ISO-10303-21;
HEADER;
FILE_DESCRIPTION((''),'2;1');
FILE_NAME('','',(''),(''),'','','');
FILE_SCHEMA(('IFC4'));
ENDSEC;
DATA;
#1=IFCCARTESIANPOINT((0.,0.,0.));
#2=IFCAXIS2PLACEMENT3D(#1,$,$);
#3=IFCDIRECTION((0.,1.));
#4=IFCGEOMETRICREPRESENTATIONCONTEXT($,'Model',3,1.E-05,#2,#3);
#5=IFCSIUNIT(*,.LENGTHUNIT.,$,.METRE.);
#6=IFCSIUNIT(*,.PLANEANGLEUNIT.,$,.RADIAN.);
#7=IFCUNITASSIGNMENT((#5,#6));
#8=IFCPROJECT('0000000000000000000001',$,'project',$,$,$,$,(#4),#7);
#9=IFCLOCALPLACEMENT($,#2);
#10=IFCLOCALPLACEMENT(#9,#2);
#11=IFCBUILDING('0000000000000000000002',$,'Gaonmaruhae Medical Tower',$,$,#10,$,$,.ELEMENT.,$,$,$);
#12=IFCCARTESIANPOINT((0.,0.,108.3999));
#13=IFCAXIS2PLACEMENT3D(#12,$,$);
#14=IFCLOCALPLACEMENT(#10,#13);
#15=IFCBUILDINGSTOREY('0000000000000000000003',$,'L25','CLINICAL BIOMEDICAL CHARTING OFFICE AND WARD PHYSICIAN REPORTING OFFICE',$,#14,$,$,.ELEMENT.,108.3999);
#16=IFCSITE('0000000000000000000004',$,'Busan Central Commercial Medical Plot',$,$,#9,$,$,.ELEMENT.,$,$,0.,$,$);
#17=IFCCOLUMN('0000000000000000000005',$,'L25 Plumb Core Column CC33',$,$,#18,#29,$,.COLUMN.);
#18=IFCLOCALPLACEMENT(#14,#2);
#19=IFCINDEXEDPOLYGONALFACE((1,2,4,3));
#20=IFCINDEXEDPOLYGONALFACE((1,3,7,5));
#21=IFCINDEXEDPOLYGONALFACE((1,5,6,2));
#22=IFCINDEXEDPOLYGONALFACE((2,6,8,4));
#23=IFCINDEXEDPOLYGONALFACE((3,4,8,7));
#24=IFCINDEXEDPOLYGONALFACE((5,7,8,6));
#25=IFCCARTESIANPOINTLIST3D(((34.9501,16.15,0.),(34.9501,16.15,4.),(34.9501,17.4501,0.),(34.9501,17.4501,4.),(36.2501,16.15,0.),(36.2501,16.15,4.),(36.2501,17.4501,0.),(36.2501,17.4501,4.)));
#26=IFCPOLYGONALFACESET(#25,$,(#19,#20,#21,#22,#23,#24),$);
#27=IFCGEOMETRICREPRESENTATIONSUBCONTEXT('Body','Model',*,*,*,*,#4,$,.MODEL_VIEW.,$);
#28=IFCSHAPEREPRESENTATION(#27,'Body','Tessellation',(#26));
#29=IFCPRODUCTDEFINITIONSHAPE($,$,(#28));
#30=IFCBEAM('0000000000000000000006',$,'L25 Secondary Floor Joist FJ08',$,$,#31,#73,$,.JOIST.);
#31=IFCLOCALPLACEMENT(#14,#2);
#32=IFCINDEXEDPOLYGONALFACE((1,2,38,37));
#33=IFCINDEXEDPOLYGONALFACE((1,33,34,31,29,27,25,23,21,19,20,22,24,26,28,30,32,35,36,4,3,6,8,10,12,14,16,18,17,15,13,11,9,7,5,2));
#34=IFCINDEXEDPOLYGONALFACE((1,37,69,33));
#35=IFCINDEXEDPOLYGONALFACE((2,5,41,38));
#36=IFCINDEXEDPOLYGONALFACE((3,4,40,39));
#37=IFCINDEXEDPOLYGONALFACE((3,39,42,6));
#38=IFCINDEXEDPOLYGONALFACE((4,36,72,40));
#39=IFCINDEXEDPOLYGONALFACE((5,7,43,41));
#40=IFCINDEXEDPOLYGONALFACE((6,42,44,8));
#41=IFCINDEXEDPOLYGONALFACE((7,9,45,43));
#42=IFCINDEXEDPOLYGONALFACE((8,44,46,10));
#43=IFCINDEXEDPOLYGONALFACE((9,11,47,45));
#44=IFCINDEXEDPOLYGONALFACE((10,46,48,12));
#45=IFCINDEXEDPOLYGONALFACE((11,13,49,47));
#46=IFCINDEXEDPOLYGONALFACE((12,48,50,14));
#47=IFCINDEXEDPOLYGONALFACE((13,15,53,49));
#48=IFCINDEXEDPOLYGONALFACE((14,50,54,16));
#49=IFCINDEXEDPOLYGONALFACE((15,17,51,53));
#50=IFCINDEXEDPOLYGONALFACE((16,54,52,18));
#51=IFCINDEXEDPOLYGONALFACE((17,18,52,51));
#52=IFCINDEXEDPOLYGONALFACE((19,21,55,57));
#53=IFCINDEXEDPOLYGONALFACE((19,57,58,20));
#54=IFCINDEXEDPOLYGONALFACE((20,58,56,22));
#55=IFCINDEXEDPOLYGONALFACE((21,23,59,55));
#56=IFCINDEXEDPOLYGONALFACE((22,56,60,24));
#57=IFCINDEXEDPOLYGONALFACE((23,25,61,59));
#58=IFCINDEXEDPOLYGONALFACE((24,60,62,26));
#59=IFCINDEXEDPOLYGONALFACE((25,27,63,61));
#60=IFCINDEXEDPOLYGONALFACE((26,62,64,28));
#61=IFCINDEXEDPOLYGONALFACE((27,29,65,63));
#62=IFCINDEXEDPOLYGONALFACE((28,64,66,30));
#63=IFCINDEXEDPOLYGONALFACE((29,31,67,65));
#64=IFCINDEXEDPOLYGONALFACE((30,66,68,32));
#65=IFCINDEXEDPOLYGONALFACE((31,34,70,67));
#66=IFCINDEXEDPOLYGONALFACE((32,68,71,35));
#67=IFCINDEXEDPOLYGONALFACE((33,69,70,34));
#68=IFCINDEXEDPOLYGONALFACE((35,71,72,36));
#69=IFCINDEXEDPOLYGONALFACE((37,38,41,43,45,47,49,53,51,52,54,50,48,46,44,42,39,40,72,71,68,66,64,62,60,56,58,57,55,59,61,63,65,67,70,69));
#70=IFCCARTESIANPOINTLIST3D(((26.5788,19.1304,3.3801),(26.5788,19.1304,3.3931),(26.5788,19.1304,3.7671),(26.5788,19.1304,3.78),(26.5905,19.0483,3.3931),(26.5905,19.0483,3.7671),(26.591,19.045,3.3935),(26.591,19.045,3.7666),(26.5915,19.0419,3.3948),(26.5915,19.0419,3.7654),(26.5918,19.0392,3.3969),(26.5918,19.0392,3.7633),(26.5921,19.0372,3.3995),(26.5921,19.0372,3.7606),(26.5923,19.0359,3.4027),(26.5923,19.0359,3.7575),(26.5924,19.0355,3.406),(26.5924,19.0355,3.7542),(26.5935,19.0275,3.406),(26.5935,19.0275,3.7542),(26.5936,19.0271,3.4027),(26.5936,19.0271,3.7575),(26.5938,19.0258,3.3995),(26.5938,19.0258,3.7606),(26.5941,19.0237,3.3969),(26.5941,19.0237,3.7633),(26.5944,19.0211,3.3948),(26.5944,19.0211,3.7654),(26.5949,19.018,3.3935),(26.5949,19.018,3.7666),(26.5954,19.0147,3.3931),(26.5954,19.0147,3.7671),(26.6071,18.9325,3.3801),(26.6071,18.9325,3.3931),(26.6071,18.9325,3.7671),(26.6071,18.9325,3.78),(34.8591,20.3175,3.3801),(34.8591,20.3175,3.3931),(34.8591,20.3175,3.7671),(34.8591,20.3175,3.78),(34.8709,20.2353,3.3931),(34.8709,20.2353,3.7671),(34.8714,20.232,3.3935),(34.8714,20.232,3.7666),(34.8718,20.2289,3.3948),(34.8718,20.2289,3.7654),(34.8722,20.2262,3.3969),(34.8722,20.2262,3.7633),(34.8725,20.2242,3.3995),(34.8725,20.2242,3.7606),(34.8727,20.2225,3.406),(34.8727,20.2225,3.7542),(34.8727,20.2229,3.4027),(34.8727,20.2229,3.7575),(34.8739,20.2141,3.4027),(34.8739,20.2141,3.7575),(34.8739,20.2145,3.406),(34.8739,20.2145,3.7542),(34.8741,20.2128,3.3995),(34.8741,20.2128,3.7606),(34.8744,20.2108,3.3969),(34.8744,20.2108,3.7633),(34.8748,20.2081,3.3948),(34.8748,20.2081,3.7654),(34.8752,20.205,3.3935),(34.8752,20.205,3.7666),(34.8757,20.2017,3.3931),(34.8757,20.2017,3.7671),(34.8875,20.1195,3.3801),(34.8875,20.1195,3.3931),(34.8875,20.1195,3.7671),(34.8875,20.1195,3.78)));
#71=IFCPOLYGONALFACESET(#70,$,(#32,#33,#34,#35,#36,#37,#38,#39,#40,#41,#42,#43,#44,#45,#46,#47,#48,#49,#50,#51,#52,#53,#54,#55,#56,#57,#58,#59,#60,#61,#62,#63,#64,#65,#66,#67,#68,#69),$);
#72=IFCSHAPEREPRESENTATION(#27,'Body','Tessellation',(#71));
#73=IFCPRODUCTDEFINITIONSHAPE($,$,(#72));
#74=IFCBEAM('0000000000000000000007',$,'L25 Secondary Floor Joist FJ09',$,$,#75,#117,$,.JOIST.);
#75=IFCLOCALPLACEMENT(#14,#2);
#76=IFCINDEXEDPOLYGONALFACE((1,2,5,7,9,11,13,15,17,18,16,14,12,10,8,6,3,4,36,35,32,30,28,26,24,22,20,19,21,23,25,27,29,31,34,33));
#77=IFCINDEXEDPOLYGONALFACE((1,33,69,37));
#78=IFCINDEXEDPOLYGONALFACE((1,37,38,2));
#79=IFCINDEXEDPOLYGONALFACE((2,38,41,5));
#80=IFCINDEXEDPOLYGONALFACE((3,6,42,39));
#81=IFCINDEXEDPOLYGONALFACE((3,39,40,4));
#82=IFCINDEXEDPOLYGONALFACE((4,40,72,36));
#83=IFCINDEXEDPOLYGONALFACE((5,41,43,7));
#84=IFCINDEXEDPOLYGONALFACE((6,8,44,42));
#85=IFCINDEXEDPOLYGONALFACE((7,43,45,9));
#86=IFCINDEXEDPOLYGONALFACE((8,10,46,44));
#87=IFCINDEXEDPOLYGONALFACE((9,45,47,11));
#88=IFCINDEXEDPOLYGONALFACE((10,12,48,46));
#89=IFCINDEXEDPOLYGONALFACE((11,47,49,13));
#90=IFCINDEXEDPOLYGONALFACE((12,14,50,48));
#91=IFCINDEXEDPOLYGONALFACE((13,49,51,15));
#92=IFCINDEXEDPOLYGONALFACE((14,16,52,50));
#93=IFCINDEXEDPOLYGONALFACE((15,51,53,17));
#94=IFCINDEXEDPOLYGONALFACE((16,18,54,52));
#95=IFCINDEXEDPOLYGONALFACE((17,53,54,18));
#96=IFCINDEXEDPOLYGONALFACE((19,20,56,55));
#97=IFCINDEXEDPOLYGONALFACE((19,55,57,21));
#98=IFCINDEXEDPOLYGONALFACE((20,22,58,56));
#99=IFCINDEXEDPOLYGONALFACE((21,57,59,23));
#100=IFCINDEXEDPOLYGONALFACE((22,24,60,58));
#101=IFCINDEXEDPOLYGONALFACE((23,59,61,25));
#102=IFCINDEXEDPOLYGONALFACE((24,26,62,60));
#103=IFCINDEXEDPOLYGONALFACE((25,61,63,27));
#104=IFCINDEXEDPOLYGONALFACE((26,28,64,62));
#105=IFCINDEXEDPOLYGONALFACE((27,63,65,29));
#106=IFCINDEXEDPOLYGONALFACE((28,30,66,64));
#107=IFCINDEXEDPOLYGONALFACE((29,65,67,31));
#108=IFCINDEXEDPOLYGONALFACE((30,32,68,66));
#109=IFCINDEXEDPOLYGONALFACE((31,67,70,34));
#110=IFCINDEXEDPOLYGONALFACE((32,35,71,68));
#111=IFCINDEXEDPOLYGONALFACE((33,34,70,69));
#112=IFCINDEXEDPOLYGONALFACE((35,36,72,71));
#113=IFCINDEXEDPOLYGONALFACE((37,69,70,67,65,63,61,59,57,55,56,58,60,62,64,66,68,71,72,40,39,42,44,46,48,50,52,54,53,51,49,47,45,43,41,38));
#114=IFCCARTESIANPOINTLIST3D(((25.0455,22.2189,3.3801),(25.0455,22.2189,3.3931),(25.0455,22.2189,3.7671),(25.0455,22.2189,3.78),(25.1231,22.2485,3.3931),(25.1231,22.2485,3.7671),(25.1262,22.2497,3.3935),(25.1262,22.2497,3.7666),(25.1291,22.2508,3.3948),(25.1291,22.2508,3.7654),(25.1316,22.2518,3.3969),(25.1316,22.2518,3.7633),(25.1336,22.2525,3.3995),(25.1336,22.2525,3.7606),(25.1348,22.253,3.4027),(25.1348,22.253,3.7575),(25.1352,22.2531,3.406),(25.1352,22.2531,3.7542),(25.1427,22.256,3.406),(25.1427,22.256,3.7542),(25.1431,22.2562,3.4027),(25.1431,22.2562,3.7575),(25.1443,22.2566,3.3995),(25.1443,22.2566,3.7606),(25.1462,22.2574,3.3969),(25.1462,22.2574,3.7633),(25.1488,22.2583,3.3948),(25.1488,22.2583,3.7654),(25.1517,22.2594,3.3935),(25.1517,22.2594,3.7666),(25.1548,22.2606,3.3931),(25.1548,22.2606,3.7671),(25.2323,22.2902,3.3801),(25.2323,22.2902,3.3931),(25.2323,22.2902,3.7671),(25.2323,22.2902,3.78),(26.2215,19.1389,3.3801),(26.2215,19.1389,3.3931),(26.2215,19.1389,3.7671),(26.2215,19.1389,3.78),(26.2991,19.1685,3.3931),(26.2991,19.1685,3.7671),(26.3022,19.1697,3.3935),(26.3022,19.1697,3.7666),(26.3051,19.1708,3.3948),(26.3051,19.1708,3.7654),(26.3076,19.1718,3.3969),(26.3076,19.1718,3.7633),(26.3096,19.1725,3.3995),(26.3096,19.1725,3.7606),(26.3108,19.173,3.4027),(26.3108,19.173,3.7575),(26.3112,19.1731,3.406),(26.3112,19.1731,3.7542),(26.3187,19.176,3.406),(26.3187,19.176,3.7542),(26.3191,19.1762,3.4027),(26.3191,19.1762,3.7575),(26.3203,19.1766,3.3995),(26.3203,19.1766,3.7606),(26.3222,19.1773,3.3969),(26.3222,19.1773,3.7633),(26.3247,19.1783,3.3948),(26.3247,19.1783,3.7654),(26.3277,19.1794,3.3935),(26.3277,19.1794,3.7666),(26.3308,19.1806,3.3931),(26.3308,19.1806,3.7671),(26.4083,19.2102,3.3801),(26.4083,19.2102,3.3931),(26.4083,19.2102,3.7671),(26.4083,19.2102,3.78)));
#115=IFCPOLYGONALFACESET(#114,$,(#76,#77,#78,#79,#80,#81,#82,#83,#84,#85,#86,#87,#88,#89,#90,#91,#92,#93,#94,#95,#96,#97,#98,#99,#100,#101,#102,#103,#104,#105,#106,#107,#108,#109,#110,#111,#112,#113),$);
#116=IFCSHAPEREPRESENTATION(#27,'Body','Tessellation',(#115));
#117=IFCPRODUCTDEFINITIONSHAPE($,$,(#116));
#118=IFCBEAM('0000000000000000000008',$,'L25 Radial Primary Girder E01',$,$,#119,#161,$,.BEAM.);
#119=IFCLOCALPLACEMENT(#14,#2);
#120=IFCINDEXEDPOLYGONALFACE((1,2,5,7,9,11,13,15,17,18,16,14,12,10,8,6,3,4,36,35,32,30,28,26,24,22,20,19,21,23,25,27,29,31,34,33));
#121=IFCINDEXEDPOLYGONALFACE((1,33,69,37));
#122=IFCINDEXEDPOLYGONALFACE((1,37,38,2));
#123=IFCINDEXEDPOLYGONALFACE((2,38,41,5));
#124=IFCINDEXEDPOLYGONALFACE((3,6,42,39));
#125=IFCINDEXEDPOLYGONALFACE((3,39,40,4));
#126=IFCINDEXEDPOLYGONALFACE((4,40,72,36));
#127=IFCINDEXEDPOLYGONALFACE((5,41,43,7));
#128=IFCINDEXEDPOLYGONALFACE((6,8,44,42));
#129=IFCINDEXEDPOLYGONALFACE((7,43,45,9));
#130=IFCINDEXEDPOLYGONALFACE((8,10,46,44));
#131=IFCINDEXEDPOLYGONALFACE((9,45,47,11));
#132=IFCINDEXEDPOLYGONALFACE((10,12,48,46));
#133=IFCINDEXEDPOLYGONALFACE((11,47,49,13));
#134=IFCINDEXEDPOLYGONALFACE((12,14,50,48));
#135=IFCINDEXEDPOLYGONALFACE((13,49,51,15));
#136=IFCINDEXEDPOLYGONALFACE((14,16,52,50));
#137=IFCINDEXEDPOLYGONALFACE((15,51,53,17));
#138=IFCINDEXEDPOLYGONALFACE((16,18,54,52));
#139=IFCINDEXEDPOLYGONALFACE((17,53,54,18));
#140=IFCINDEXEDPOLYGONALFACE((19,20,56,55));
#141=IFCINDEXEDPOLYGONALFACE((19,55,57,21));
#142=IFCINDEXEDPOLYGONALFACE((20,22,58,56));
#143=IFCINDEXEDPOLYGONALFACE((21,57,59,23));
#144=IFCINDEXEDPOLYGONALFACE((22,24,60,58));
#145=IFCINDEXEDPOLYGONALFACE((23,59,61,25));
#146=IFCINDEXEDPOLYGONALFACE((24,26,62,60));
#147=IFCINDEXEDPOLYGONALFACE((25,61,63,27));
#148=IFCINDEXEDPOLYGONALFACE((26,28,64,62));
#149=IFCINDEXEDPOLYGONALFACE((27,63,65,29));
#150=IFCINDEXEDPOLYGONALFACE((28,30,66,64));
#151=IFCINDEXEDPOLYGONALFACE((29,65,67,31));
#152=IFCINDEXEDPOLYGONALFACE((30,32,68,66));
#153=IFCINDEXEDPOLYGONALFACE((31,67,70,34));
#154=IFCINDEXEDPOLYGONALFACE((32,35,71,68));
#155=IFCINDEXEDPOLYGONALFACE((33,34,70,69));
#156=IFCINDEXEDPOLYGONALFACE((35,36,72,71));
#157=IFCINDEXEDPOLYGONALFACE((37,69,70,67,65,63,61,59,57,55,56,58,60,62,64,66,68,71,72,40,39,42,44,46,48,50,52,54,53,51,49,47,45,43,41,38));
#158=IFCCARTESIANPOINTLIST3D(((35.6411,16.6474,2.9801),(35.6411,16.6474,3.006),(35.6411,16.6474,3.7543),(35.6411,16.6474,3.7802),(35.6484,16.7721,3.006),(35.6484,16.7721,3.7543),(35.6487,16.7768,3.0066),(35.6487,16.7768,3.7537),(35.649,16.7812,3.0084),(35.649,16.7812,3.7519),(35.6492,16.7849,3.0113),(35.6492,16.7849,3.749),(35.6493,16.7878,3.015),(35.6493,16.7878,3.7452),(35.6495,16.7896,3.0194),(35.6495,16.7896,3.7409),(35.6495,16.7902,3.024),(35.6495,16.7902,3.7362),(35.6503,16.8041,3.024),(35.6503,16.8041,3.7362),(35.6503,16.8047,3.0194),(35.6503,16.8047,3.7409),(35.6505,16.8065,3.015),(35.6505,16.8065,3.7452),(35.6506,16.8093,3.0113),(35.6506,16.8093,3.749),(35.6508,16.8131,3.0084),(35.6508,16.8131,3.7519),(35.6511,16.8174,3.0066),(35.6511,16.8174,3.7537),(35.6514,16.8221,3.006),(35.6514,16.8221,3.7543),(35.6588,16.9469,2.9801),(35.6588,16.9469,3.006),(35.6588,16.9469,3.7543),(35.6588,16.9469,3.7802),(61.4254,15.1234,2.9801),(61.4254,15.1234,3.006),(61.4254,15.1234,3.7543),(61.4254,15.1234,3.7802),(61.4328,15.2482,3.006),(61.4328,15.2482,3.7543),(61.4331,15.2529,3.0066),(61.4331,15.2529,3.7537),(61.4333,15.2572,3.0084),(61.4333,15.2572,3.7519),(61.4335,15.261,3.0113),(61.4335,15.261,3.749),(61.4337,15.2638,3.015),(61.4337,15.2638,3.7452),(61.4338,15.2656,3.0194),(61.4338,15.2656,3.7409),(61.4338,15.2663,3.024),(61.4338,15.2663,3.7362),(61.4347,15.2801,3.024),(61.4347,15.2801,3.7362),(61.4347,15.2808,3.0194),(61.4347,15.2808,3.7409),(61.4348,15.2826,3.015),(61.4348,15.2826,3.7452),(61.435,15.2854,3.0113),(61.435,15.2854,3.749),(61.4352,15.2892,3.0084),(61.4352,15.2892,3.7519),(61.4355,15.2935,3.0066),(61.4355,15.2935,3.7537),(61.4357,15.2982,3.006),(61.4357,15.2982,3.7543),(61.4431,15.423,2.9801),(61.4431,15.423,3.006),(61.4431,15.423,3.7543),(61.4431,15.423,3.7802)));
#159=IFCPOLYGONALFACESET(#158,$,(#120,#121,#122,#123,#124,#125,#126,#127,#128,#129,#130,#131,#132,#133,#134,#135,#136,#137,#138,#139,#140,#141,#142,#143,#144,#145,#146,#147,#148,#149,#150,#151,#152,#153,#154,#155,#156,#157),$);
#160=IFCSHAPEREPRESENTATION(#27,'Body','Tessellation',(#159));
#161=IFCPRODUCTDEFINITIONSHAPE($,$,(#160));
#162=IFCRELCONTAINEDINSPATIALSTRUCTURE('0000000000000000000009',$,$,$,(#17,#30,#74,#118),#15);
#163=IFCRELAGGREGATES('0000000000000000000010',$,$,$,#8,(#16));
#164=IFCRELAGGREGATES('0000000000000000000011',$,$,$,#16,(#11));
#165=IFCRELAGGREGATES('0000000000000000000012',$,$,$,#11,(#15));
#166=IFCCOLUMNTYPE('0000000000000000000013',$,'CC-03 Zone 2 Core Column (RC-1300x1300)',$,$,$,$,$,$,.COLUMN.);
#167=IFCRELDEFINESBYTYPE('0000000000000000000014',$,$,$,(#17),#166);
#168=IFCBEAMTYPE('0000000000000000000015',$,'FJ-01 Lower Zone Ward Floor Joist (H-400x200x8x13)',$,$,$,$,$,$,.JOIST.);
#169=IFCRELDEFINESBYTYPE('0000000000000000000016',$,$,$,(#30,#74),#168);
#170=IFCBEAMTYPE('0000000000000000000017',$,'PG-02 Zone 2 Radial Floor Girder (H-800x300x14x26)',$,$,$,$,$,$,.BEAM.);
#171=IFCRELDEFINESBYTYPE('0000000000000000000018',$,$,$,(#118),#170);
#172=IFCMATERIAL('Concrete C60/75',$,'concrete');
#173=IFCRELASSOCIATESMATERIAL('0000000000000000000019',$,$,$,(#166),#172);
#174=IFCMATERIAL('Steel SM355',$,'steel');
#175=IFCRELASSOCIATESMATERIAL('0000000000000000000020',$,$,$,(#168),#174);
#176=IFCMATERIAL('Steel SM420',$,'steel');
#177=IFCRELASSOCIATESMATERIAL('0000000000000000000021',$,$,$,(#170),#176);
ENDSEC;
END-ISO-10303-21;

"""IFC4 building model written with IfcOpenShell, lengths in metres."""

from ifc_helpers import new_model, si_unit, direction, frame, origin, origin_2d, place, context, subcontext, project, spatial, rectangle, i_section, extrude, material, material_profile, profile_set, type_object, element, save


model = new_model("IFC4")

# Units and contexts
model_context = context("Model", 3, precision=1e-05, world=origin(), true_north=direction((0.0, 1.0)))
body_context = subcontext(model_context, "Body", "Model", "MODEL_VIEW")
ifc_project = project(units=[si_unit("LENGTHUNIT", "METRE"), si_unit("PLANEANGLEUNIT", "RADIAN")], contexts=[model_context])

# Site, building, storey
site_placement = place(None, origin())
site = spatial("IfcSite", under=ifc_project, at=site_placement, Name="Busan Central Commercial Medical Plot", CompositionType="ELEMENT", RefElevation=0.0)
building_placement = place(site_placement, origin())
building = spatial("IfcBuilding", under=site, at=building_placement, Name="Gaonmaruhae Medical Tower", CompositionType="ELEMENT")
storey_placement = place(building_placement, frame((0.0, 0.0, 108.3999)))
storey = spatial("IfcBuildingStorey", under=building, at=storey_placement, Name="L25", Description="CLINICAL BIOMEDICAL CHARTING OFFICE AND WARD PHYSICIAN REPORTING OFFICE", CompositionType="ELEMENT", Elevation=108.3999)

# Column
ifc_material_1 = material(Name="Concrete C60/75", Category="concrete")
ifc_material_profile_1 = material_profile(ifc_material_1, rectangle(XDim=1.3, YDim=1.3, at=origin_2d()), Name="RC-1300x1300")
ifc_profile_set_1 = profile_set([ifc_material_profile_1], Name="Concrete C60/75")
column_type = type_object("IfcColumnType", Name="CC-03 Zone 2 Core Column (RC-1300x1300)", PredefinedType="COLUMN", material=ifc_profile_set_1)
column_placement = place(storey_placement, frame((35.6001, 16.8, 0.0), z_axis=(0.0, 0.0, 1.0), x_axis=(1.0, 0.0, 0.0)))
element("IfcColumn", 1, at=column_placement, inside=storey, type_object=column_type, Name="L25 Plumb Core Column CC33", PredefinedType="COLUMN", context=body_context, shape_type="SweptSolid", body=[
    extrude(rectangle(XDim=1.3, YDim=1.3, at=origin_2d()), origin(), (0.0, 0.0, 1.0), 4.0),
])

# Beams
ifc_material_2 = material(Name="Steel SM355", Category="steel")
ifc_material_profile_2 = material_profile(ifc_material_2, i_section(OverallWidth=0.2, OverallDepth=0.3999, WebThickness=0.0081, FlangeThickness=0.0129, FilletRadius=0.0129, at=origin_2d()), Name="H-400x200x8x13")
ifc_profile_set_2 = profile_set([ifc_material_profile_2], Name="Steel SM355")
beam_type_1 = type_object("IfcBeamType", Name="FJ-01 Lower Zone Ward Floor Joist (H-400x200x8x13)", PredefinedType="JOIST", material=ifc_profile_set_2)
beam_1_placement = place(storey_placement, frame((34.8733, 20.2185, 3.5801), z_axis=(-0.98988, -0.141903, 0.0), x_axis=(0.141903, -0.98988, 0.0)))
element("IfcBeam", 2, at=beam_1_placement, inside=storey, type_object=beam_type_1, Name="L25 Secondary Floor Joist FJ08", PredefinedType="JOIST", context=body_context, shape_type="SweptSolid", body=[
    extrude(i_section(OverallWidth=0.2, OverallDepth=0.3999, WebThickness=0.0081, FlangeThickness=0.0129, FilletRadius=0.0129, at=origin_2d()), origin(), (0.0, 0.0, 1.0), 8.365),
])
beam_2_placement = place(storey_placement, frame((26.3149, 19.1746, 3.5801), z_axis=(-0.3567, 0.934219, 0.0), x_axis=(-0.934219, -0.3567, 0.0)))
element("IfcBeam", 3, at=beam_2_placement, inside=storey, type_object=beam_type_1, Name="L25 Secondary Floor Joist FJ09", PredefinedType="JOIST", context=body_context, shape_type="SweptSolid", body=[
    extrude(i_section(OverallWidth=0.2, OverallDepth=0.3999, WebThickness=0.0081, FlangeThickness=0.0129, FilletRadius=0.0129, at=origin_2d()), origin(), (0.0, 0.0, 1.0), 3.2969),
])
ifc_material_3 = material(Name="Steel SM420", Category="steel")
ifc_material_profile_3 = material_profile(ifc_material_3, i_section(OverallWidth=0.3, OverallDepth=0.8, WebThickness=0.0139, FlangeThickness=0.0259, FilletRadius=0.0181, at=origin_2d()), Name="H-800x300x14x26")
ifc_profile_set_3 = profile_set([ifc_material_profile_3], Name="Steel SM420")
beam_type_2 = type_object("IfcBeamType", Name="PG-02 Zone 2 Radial Floor Girder (H-800x300x14x26)", PredefinedType="BEAM", material=ifc_profile_set_3)
beam_3_placement = place(storey_placement, frame((35.6499, 16.7971, 3.3801), z_axis=(0.998258, -0.059, 0.0), x_axis=(0.059, 0.998258, 0.0)))
element("IfcBeam", 4, at=beam_3_placement, inside=storey, type_object=beam_type_2, Name="L25 Radial Primary Girder E01", PredefinedType="BEAM", context=body_context, shape_type="SweptSolid", body=[
    extrude(i_section(OverallWidth=0.3, OverallDepth=0.8, WebThickness=0.0139, FlangeThickness=0.0259, FilletRadius=0.0181, at=origin_2d()), origin(), (0.0, 0.0, 1.0), 25.8293),
])

save(model, "model.ifc")
